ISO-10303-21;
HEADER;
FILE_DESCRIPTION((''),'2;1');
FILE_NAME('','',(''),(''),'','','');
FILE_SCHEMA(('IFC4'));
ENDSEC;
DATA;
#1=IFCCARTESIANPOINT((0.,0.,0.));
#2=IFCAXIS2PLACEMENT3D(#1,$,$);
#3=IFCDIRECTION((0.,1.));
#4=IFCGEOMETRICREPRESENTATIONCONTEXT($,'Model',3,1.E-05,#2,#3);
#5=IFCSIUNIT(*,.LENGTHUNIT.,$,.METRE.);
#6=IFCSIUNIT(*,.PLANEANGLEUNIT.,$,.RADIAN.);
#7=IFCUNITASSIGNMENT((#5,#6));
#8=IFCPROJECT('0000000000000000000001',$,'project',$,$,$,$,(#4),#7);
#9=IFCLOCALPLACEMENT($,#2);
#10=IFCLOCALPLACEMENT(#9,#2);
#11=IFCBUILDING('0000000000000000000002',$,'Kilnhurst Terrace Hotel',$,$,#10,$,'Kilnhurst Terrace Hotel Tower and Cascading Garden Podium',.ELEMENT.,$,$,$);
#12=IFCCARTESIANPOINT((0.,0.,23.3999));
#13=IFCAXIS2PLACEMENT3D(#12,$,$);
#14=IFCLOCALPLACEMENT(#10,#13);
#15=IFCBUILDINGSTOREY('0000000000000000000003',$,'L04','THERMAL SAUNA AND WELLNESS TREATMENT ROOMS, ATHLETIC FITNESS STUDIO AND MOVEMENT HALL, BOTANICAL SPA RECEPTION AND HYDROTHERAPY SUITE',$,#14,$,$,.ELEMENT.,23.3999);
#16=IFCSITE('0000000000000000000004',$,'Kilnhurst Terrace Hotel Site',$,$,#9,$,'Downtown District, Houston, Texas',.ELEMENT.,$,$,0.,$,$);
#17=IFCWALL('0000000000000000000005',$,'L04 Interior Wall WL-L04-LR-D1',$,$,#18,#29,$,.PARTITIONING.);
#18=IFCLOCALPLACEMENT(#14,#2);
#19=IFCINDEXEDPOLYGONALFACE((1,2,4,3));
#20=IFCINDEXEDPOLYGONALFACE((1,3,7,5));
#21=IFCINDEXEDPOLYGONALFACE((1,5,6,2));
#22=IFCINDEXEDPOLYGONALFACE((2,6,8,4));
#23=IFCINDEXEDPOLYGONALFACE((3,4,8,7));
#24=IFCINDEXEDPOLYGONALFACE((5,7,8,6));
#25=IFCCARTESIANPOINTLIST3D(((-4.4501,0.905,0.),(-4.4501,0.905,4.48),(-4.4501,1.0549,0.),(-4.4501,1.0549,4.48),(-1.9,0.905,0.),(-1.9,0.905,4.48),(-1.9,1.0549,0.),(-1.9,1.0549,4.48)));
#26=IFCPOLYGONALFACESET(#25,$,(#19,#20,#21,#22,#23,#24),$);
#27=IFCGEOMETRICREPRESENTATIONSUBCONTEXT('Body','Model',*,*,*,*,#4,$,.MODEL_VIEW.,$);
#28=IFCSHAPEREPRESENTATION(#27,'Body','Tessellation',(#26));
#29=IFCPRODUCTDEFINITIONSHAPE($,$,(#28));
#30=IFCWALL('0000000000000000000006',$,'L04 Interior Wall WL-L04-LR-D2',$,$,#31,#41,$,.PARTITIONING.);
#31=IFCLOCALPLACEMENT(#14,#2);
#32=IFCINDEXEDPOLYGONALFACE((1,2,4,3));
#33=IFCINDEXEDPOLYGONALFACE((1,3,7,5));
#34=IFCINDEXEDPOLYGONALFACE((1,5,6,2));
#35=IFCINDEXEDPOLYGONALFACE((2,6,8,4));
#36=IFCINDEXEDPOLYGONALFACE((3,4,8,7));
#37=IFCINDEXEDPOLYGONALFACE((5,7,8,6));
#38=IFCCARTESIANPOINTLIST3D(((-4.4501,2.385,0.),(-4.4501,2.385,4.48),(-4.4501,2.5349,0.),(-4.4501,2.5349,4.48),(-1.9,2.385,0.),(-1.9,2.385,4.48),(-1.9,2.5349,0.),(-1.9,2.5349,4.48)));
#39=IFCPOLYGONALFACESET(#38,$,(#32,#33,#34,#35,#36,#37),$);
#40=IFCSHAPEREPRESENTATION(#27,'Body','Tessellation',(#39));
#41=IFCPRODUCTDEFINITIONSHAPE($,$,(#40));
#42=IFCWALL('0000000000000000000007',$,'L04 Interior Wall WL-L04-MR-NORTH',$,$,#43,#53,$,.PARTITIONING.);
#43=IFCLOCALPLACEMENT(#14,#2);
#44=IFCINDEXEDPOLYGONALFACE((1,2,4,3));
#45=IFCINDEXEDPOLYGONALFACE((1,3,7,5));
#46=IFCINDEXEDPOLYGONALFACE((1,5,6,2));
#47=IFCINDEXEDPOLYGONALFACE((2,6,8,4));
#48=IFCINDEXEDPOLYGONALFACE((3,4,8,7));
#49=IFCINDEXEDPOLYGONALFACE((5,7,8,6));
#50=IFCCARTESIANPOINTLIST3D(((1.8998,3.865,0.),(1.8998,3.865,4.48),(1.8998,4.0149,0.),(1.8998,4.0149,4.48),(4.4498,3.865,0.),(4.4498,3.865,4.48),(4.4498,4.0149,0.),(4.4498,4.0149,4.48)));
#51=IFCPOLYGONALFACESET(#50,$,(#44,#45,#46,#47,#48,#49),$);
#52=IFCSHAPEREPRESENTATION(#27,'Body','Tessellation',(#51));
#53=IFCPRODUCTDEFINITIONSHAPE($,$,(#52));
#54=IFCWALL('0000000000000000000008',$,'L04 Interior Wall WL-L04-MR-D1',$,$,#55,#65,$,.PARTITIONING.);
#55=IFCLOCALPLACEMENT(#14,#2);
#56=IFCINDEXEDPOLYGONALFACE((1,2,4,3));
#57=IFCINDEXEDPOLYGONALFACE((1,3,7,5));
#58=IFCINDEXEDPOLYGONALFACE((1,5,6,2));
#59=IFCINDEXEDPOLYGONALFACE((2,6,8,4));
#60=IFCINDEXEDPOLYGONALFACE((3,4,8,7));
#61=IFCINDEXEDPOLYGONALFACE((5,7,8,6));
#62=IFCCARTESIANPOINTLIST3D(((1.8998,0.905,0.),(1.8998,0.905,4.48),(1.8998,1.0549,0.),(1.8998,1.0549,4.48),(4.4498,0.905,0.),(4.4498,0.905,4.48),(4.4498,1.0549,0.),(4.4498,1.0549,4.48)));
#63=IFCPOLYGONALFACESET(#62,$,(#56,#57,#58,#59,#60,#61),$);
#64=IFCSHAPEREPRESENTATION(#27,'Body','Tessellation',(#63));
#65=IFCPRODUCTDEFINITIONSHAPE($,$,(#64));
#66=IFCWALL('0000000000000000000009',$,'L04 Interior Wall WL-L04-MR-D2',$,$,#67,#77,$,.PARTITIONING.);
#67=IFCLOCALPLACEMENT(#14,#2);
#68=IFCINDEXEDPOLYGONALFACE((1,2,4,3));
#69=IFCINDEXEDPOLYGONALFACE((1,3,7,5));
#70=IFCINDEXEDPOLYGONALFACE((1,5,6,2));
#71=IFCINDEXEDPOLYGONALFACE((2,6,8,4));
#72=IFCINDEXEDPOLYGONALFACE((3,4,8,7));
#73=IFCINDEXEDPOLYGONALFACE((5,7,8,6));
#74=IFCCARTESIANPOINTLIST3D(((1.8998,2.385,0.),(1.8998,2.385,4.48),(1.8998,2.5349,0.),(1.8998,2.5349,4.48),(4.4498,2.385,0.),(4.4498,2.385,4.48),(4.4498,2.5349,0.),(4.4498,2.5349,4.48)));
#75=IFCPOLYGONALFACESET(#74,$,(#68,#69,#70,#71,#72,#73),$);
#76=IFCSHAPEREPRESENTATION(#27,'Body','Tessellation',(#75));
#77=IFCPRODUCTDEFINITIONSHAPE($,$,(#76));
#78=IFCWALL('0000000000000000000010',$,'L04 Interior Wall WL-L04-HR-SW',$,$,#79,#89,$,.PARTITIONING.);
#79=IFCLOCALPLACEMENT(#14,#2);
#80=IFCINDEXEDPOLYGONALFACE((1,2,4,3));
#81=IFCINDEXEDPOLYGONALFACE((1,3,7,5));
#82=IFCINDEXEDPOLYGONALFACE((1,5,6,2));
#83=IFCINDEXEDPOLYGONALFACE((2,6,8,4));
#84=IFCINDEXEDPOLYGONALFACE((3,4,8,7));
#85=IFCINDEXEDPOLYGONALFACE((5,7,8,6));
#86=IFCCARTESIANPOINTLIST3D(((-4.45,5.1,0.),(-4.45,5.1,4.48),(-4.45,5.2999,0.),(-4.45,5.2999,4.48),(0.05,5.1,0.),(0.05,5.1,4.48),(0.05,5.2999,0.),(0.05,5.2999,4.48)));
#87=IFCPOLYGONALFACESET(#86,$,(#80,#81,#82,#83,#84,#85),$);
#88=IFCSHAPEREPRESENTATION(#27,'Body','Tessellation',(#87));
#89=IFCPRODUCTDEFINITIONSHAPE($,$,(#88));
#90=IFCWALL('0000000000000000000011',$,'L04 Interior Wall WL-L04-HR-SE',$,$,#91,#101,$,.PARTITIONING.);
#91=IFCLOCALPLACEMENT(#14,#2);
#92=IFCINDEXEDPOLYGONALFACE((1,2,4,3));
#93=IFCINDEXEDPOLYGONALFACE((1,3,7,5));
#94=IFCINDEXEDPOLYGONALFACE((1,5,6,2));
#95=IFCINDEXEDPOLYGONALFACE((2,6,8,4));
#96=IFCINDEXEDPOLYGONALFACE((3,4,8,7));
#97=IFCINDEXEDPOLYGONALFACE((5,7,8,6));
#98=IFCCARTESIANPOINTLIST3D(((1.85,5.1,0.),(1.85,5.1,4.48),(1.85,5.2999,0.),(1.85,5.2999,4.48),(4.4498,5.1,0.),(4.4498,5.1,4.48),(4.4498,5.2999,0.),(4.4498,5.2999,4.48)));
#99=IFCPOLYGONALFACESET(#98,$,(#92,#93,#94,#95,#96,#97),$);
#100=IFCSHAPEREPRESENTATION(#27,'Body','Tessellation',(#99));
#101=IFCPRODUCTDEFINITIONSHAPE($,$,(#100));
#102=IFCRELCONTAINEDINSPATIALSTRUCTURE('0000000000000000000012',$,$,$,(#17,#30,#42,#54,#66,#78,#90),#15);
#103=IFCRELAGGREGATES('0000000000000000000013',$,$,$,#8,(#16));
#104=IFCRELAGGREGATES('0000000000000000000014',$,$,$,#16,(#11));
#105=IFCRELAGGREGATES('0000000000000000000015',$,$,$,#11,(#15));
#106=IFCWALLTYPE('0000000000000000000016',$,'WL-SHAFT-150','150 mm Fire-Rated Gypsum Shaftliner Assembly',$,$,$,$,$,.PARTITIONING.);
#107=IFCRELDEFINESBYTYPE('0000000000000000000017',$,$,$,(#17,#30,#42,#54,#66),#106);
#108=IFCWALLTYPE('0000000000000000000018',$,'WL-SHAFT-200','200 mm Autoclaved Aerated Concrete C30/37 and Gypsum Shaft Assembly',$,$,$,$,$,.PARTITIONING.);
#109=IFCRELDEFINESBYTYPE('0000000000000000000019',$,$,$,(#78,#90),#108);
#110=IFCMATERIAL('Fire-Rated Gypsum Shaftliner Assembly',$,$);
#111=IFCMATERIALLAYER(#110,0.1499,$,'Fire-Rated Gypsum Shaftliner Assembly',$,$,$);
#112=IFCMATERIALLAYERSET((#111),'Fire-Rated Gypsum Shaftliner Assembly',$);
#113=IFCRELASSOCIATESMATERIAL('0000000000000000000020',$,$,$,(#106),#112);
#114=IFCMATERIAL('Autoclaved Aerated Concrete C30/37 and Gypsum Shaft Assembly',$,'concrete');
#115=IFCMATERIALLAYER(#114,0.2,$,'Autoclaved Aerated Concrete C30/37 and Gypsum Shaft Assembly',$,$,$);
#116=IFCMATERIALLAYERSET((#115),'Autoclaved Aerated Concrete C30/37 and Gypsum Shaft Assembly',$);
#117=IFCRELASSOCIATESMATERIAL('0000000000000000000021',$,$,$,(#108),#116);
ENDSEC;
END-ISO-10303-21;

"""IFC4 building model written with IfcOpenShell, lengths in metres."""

from ifc_helpers import new_model, si_unit, direction, frame, frame_2d, origin, place, context, subcontext, project, spatial, rectangle, extrude, material, layer, layer_set, type_object, element, save


model = new_model("IFC4")

# Units and contexts
model_context = context("Model", 3, precision=1e-05, world=origin(), true_north=direction((0.0, 1.0)))
body_context = subcontext(model_context, "Body", "Model", "MODEL_VIEW")
ifc_project = project(units=[si_unit("LENGTHUNIT", "METRE"), si_unit("PLANEANGLEUNIT", "RADIAN")], contexts=[model_context])

# Site, building, storey
site_placement = place(None, origin())
site = spatial("IfcSite", under=ifc_project, at=site_placement, Name="Kilnhurst Terrace Hotel Site", LongName="Downtown District, Houston, Texas", CompositionType="ELEMENT", RefElevation=0.0)
building_placement = place(site_placement, origin())
building = spatial("IfcBuilding", under=site, at=building_placement, Name="Kilnhurst Terrace Hotel", LongName="Kilnhurst Terrace Hotel Tower and Cascading Garden Podium", CompositionType="ELEMENT")
storey_placement = place(building_placement, frame((0.0, 0.0, 23.3999)))
storey = spatial("IfcBuildingStorey", under=building, at=storey_placement, Name="L04", Description="THERMAL SAUNA AND WELLNESS TREATMENT ROOMS, ATHLETIC FITNESS STUDIO AND MOVEMENT HALL, BOTANICAL SPA RECEPTION AND HYDROTHERAPY SUITE", CompositionType="ELEMENT", Elevation=23.3999)

# Walls
ifc_material_1 = material(Name="Fire-Rated Gypsum Shaftliner Assembly")
ifc_layer_1 = layer(ifc_material_1, 0.1499, Name="Fire-Rated Gypsum Shaftliner Assembly")
ifc_layer_set_1 = layer_set([ifc_layer_1], Name="Fire-Rated Gypsum Shaftliner Assembly")
wall_type_1 = type_object("IfcWallType", Name="WL-SHAFT-150", Description="150 mm Fire-Rated Gypsum Shaftliner Assembly", PredefinedType="PARTITIONING", material=ifc_layer_set_1)
for number, where, z_axis, x_axis, name in (
    (1, (-4.45, 0.98, 0.0), (0.0, 0.0, 1.0), (1.0, 0.0, 0.0), "L04 Interior Wall WL-L04-LR-D1"),
    (2, (-4.45, 2.46, 0.0), (0.0, 0.0, 1.0), (1.0, 0.0, 0.0), "L04 Interior Wall WL-L04-LR-D2"),
    (3, (1.8999, 3.9399, 0.0), (0.0, 0.0, 1.0), (1.0, 0.0, 0.0), "L04 Interior Wall WL-L04-MR-NORTH"),
    (4, (1.8999, 0.98, 0.0), (0.0, 0.0, 1.0), (1.0, 0.0, 0.0), "L04 Interior Wall WL-L04-MR-D1"),
    (5, (1.8999, 2.46, 0.0), (0.0, 0.0, 1.0), (1.0, 0.0, 0.0), "L04 Interior Wall WL-L04-MR-D2"),
):
    element("IfcWall", number, at=place(storey_placement, frame(where, z_axis=z_axis, x_axis=x_axis)), inside=storey, type_object=wall_type_1, Name=name, PredefinedType="PARTITIONING", context=body_context, shape_type="SweptSolid", body=[
        extrude(rectangle(XDim=2.55, YDim=0.1499, at=frame_2d((1.2749, 0.0))), origin(), (0.0, 0.0, 1.0), 4.48),
    ])
ifc_material_2 = material(Name="Autoclaved Aerated Concrete C30/37 and Gypsum Shaft Assembly", Category="concrete")
ifc_layer_2 = layer(ifc_material_2, 0.2, Name="Autoclaved Aerated Concrete C30/37 and Gypsum Shaft Assembly")
ifc_layer_set_2 = layer_set([ifc_layer_2], Name="Autoclaved Aerated Concrete C30/37 and Gypsum Shaft Assembly")
wall_type_2 = type_object("IfcWallType", Name="WL-SHAFT-200", Description="200 mm Autoclaved Aerated Concrete C30/37 and Gypsum Shaft Assembly", PredefinedType="PARTITIONING", material=ifc_layer_set_2)
wall_1_placement = place(storey_placement, frame((-4.45, 5.2, 0.0), z_axis=(0.0, 0.0, 1.0), x_axis=(1.0, 0.0, 0.0)))
element("IfcWall", 6, at=wall_1_placement, inside=storey, type_object=wall_type_2, Name="L04 Interior Wall WL-L04-HR-SW", PredefinedType="PARTITIONING", context=body_context, shape_type="SweptSolid", body=[
    extrude(rectangle(XDim=4.5, YDim=0.2, at=frame_2d((2.25, 0.0))), origin(), (0.0, 0.0, 1.0), 4.48),
])
wall_2_placement = place(storey_placement, frame((1.8501, 5.2, 0.0), z_axis=(0.0, 0.0, 1.0), x_axis=(1.0, 0.0, 0.0)))
element("IfcWall", 7, at=wall_2_placement, inside=storey, type_object=wall_type_2, Name="L04 Interior Wall WL-L04-HR-SE", PredefinedType="PARTITIONING", context=body_context, shape_type="SweptSolid", body=[
    extrude(rectangle(XDim=2.5999, YDim=0.2, at=frame_2d((1.2998, 0.0))), origin(), (0.0, 0.0, 1.0), 4.48),
])

save(model, "model.ifc")
